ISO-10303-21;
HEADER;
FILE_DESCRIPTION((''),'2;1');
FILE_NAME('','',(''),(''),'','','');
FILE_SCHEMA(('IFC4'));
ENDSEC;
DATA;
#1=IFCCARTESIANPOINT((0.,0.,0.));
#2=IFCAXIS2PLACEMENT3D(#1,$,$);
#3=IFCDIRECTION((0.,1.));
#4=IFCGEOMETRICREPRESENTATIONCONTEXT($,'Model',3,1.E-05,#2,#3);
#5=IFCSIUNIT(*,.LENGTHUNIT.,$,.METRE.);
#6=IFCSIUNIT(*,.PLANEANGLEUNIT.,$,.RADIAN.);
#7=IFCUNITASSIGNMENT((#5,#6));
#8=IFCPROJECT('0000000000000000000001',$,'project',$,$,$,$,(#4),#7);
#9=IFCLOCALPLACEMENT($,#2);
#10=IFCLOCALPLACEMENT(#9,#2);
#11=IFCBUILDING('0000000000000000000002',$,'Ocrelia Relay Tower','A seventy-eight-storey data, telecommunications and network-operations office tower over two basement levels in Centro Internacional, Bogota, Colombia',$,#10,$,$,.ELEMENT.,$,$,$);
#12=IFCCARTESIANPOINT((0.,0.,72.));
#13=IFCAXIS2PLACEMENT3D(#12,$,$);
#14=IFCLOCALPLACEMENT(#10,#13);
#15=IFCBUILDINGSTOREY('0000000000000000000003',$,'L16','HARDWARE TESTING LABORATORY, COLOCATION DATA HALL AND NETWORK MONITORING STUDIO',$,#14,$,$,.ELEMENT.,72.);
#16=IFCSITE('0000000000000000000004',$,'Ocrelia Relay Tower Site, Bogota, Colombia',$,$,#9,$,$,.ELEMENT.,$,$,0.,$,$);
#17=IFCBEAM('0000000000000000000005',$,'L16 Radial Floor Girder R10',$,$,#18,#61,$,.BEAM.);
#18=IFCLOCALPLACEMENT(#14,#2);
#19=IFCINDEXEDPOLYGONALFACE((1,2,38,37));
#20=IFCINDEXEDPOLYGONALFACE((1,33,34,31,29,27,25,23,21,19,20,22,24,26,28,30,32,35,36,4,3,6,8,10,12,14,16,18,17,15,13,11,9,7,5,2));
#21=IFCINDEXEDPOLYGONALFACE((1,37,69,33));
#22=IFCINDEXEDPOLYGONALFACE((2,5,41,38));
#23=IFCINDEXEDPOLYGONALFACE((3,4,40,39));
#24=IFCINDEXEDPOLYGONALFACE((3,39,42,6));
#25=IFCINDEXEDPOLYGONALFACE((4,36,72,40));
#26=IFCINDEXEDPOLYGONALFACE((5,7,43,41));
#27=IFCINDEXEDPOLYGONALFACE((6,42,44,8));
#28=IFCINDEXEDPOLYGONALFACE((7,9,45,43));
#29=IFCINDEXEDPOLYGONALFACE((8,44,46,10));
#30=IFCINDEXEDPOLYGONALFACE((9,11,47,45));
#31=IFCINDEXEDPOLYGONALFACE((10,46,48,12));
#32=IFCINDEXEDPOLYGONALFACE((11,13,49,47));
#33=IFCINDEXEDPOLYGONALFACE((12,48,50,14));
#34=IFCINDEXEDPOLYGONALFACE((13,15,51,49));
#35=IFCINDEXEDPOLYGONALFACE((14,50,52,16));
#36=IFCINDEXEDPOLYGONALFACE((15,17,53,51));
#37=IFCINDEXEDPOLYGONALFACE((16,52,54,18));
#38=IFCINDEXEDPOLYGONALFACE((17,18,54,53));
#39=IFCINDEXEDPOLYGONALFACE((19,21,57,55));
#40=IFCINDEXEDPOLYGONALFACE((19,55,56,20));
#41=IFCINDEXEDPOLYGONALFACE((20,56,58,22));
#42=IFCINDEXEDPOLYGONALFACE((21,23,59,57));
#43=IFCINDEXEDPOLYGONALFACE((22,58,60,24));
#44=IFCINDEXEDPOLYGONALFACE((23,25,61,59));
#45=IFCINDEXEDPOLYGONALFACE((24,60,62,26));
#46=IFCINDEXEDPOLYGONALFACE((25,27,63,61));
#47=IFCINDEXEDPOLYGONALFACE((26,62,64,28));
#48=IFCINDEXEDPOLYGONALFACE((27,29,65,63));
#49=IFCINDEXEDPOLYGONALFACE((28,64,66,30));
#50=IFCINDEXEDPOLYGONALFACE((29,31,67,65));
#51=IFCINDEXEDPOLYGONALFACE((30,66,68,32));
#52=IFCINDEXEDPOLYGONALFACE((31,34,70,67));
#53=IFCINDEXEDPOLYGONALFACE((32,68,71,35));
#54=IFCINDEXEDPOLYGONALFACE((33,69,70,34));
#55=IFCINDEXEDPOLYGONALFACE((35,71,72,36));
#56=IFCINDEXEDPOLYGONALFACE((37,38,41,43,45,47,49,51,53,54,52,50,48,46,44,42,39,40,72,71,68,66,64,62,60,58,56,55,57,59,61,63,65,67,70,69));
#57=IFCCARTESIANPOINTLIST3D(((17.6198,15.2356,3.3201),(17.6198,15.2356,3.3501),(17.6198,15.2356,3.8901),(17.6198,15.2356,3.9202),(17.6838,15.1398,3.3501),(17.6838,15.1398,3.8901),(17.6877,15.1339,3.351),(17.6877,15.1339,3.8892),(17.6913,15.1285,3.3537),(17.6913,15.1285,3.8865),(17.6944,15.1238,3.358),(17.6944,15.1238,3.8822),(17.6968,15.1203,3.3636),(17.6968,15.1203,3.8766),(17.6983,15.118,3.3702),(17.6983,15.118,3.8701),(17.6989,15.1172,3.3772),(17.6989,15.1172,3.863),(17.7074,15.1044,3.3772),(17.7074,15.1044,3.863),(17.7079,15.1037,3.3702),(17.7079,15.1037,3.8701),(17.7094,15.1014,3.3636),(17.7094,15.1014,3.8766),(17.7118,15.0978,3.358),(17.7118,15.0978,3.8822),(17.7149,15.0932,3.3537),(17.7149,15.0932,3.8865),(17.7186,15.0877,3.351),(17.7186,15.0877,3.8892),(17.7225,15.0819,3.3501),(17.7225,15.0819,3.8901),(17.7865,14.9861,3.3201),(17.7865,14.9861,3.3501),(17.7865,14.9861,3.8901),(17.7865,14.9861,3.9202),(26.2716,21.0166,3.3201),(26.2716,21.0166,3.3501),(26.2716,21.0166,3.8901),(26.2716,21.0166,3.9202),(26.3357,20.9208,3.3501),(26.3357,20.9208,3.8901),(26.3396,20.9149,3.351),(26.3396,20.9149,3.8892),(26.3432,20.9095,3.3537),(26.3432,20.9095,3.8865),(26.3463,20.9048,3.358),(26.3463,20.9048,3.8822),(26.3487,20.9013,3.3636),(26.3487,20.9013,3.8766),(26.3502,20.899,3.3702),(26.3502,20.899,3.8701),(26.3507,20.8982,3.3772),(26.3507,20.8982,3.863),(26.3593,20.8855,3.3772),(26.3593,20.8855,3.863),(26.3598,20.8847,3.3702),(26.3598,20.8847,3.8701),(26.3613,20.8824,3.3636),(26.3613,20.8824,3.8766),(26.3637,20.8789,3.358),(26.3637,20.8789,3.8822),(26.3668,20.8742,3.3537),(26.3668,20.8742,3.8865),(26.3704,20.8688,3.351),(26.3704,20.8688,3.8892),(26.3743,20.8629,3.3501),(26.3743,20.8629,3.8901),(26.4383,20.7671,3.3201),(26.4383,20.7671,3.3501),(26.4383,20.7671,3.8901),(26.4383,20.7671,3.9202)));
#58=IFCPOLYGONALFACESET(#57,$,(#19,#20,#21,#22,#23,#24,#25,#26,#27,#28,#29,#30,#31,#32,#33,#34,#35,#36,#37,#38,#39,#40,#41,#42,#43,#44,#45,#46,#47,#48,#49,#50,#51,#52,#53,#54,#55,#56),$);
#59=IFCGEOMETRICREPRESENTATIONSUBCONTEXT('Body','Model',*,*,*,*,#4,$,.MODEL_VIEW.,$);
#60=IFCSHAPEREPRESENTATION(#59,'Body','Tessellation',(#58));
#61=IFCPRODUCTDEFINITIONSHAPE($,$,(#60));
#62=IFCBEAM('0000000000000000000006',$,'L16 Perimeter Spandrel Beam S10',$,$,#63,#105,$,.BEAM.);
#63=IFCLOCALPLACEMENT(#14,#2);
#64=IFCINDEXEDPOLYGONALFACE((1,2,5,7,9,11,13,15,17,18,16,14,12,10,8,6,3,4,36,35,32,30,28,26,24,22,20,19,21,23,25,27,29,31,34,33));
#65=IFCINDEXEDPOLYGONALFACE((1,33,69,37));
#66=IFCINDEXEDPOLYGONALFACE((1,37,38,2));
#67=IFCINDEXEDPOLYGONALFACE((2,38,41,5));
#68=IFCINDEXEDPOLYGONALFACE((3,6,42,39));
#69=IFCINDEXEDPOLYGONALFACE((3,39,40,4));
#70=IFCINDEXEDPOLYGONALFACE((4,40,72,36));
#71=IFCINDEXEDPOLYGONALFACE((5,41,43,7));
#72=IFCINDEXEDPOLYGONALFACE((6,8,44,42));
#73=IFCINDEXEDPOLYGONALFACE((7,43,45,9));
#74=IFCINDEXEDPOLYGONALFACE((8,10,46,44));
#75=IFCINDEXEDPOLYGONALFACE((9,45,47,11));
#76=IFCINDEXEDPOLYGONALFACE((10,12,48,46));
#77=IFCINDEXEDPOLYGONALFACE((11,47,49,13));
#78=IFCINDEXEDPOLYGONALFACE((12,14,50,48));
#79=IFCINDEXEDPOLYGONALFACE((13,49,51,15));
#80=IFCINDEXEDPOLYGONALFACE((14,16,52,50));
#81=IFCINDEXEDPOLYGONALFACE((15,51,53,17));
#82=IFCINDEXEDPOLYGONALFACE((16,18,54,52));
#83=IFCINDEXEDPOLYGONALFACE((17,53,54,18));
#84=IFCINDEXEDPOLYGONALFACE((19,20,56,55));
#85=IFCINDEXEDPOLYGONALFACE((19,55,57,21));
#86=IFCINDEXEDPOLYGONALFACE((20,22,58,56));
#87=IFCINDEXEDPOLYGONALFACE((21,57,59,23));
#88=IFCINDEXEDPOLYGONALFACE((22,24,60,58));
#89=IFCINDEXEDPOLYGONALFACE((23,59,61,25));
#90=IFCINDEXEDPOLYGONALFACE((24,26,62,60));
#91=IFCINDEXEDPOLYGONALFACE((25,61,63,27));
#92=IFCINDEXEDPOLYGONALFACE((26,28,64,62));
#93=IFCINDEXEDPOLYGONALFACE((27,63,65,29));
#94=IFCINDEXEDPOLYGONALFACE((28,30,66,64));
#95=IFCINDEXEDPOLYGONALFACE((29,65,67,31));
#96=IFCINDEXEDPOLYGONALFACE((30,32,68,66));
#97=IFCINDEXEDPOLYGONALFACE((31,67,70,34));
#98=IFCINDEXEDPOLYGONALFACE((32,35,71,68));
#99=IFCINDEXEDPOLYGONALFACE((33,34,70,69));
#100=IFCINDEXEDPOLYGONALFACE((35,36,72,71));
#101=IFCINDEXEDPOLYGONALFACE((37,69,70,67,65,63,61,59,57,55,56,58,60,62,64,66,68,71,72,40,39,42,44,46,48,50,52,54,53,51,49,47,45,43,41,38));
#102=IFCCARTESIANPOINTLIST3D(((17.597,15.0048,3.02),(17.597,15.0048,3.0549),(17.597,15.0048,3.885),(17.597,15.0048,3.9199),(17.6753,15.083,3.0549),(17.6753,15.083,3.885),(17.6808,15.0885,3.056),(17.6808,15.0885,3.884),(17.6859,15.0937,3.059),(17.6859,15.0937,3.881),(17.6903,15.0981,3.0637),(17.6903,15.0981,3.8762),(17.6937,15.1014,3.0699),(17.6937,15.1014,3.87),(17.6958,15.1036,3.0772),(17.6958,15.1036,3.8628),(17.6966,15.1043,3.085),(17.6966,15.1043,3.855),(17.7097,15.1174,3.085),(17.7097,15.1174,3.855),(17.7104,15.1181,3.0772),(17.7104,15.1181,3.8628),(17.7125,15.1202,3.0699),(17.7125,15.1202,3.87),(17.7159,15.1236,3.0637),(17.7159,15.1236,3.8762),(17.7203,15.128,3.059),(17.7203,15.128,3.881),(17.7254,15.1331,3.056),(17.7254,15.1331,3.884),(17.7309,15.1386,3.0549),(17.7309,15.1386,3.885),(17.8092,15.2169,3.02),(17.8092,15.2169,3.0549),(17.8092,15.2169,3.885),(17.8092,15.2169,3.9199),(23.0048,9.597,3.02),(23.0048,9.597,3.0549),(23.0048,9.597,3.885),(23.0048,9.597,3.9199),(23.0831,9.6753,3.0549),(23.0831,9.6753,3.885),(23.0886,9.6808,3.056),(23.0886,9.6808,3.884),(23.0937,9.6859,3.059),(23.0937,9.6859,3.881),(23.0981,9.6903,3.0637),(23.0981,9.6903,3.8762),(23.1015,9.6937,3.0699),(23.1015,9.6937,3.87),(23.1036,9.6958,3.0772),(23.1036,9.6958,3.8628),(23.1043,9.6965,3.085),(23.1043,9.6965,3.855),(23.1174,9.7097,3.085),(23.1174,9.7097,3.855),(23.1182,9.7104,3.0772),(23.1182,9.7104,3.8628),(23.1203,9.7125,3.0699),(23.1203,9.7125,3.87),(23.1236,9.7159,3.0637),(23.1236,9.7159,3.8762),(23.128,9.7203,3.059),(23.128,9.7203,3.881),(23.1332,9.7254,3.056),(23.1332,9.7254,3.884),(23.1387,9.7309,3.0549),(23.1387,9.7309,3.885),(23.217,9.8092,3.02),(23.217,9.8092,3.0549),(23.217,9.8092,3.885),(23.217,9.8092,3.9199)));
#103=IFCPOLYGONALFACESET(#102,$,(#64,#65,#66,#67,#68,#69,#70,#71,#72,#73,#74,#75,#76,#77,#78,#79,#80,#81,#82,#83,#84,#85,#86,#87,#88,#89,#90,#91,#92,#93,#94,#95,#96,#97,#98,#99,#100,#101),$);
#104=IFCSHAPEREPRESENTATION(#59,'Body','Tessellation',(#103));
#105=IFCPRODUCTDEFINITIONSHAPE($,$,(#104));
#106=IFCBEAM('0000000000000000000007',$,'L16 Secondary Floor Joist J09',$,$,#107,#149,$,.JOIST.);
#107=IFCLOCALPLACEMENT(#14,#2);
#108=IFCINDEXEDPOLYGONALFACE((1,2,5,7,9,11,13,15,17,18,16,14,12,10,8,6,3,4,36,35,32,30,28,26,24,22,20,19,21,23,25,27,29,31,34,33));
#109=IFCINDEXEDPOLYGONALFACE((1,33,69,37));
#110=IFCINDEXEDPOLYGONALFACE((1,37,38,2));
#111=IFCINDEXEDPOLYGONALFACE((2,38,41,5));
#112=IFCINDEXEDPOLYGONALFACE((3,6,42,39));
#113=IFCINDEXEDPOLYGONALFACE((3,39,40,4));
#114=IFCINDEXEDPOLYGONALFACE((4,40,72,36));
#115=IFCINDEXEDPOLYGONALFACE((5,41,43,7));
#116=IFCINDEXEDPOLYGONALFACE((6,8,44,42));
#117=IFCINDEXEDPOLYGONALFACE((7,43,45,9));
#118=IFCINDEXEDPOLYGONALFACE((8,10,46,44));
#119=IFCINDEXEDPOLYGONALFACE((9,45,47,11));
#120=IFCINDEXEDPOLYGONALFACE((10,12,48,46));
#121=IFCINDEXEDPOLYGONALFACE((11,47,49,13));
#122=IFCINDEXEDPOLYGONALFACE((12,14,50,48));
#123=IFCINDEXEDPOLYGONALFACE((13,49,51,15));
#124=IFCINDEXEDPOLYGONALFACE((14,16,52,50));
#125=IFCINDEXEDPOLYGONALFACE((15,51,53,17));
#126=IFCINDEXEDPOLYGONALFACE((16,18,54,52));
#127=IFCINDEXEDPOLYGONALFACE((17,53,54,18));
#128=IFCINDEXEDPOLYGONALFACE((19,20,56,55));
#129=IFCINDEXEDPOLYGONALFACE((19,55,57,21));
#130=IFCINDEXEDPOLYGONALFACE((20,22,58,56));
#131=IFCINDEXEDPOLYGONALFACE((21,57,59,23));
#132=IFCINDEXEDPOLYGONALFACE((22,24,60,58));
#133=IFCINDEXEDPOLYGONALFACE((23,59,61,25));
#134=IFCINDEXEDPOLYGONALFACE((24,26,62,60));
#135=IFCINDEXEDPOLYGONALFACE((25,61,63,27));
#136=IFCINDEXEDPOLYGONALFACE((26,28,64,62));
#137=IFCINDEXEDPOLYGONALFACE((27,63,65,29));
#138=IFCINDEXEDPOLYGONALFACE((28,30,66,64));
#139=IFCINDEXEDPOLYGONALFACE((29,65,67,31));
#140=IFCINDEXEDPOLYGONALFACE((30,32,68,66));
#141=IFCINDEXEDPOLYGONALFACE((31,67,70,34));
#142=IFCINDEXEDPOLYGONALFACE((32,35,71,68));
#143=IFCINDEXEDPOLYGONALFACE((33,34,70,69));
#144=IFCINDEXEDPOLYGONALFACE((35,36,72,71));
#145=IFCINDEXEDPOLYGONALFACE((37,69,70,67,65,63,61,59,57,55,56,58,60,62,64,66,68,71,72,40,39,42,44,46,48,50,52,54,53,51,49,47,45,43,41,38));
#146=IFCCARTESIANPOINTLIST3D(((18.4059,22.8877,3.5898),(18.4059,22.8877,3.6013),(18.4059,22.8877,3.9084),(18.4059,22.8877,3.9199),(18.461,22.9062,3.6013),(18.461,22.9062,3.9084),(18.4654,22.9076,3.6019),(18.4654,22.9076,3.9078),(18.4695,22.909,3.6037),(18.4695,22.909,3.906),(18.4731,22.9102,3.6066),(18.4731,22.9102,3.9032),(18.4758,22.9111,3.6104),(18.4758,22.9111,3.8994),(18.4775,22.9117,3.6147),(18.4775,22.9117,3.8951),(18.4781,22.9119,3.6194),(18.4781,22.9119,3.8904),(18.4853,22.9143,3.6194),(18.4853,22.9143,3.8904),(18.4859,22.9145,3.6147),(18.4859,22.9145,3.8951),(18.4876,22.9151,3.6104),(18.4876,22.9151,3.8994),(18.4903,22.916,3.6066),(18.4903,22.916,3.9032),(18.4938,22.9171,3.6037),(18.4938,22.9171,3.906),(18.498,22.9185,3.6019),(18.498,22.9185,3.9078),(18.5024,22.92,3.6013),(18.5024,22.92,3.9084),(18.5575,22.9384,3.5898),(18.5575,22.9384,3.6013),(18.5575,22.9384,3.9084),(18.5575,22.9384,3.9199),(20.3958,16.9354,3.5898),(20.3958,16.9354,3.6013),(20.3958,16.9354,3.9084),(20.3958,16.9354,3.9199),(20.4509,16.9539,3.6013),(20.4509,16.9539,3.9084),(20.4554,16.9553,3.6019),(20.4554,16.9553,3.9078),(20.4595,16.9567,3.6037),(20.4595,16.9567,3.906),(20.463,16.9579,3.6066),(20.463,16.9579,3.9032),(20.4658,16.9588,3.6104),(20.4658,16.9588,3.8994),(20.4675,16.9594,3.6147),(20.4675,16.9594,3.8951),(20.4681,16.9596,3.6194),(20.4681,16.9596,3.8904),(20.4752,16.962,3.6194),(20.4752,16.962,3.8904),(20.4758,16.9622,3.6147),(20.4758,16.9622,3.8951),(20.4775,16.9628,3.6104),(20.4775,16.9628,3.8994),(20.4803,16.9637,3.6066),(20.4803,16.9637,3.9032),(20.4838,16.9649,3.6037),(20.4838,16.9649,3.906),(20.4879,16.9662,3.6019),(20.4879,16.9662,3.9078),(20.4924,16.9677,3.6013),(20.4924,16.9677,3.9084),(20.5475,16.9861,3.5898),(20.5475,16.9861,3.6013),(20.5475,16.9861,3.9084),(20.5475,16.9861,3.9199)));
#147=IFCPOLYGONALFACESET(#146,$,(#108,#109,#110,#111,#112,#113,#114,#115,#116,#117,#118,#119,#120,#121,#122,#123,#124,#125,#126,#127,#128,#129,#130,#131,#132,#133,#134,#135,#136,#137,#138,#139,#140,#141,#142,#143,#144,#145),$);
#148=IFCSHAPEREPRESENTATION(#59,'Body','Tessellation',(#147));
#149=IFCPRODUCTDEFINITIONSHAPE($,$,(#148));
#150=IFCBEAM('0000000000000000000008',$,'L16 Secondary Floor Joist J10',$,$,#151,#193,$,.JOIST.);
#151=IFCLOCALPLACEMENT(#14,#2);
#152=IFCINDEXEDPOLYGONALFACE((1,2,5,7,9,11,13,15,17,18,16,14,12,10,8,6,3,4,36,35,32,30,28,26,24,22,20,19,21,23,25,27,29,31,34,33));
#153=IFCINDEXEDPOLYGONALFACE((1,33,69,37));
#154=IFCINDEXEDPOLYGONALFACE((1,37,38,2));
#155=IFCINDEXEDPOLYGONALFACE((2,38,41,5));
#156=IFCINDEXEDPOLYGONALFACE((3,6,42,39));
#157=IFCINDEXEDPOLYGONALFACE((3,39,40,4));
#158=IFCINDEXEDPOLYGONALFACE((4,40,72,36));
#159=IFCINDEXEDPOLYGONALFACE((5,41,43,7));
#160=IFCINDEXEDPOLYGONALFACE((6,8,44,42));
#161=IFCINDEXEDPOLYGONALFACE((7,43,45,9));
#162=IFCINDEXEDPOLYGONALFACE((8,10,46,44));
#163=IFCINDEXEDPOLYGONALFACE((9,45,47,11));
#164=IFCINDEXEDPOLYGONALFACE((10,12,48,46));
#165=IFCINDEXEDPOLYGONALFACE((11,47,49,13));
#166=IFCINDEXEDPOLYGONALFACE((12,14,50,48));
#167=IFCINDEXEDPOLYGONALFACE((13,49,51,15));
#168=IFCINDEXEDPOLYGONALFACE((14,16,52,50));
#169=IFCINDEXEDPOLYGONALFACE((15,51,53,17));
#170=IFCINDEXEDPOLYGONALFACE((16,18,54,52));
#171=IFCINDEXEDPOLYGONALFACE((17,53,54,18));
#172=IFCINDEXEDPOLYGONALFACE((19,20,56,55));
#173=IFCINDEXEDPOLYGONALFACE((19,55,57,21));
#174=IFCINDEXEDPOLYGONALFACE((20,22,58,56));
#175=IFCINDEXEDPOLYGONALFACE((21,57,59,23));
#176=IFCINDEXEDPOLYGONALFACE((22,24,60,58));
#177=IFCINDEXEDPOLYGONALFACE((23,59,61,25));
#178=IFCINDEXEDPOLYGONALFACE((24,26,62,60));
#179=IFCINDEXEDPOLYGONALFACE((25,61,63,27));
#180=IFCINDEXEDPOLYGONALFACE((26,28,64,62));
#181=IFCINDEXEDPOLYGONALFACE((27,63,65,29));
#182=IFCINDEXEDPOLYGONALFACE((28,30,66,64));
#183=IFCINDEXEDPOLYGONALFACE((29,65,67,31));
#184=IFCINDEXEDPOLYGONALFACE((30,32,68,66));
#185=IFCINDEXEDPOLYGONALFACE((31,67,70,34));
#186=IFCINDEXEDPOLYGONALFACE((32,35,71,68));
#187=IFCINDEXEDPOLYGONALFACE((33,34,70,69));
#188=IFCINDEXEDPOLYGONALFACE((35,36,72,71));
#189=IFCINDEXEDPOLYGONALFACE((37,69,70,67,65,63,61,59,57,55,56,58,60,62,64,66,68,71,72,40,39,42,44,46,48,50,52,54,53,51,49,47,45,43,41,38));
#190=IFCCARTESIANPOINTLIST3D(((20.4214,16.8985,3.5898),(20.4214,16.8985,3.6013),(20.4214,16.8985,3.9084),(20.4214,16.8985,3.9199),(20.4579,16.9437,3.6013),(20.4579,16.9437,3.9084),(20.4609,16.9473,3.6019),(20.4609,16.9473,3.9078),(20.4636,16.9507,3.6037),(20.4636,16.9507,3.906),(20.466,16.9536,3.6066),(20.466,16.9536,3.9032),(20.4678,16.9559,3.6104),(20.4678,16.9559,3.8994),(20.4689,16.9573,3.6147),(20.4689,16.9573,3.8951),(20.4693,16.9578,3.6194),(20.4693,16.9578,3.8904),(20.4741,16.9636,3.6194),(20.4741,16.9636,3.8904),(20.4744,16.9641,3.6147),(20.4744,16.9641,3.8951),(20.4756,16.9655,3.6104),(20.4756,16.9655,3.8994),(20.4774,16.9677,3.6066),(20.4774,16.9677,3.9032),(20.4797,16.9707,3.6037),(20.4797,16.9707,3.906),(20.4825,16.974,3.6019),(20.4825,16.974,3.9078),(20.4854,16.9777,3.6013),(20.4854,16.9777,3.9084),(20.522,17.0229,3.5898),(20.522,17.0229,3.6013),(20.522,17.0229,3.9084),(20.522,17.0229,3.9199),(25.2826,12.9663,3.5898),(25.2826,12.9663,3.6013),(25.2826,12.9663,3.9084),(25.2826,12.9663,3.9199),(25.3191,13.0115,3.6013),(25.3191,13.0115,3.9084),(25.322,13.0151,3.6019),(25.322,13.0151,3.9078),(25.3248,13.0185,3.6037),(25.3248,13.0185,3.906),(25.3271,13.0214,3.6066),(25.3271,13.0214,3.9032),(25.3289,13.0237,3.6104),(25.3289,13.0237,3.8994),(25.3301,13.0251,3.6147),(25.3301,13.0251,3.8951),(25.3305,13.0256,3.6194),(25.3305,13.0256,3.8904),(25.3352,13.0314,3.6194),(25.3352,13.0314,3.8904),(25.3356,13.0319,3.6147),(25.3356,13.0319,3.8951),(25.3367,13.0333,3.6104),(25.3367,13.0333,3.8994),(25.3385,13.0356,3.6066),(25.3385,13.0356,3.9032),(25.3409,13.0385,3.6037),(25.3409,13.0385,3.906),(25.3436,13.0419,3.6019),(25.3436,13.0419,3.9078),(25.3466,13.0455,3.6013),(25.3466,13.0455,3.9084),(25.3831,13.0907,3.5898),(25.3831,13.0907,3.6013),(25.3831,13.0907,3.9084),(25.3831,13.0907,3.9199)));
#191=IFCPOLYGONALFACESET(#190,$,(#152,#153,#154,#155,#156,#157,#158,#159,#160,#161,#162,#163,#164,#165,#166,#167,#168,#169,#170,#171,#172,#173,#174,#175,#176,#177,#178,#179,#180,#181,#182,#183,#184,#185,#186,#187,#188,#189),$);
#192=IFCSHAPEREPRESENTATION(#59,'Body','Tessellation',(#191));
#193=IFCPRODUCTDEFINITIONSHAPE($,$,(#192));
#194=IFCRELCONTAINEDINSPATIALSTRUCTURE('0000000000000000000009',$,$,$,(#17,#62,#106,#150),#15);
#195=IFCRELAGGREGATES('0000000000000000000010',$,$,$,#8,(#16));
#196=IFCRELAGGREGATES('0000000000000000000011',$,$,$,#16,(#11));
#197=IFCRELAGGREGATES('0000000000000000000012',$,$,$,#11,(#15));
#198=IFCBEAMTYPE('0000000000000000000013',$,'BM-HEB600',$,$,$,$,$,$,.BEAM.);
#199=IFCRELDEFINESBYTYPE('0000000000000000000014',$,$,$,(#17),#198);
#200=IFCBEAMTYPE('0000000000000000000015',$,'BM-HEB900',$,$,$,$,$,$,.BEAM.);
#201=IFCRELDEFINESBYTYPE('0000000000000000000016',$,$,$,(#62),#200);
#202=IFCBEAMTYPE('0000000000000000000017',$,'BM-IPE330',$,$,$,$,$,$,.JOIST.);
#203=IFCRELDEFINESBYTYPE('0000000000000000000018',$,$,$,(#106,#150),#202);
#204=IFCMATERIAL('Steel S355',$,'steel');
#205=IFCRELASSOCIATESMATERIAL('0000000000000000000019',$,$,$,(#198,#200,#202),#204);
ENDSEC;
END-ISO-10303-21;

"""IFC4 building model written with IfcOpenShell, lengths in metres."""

from ifc_helpers import new_model, si_unit, direction, frame, origin, origin_2d, place, context, subcontext, project, spatial, i_section, extrude, material, material_profile, profile_set, type_object, element, save


model = new_model("IFC4")

# Units and contexts
model_context = context("Model", 3, precision=1e-05, world=origin(), true_north=direction((0.0, 1.0)))
body_context = subcontext(model_context, "Body", "Model", "MODEL_VIEW")
ifc_project = project(units=[si_unit("LENGTHUNIT", "METRE"), si_unit("PLANEANGLEUNIT", "RADIAN")], contexts=[model_context])

# Site, building, storey
site_placement = place(None, origin())
site = spatial("IfcSite", under=ifc_project, at=site_placement, Name="Ocrelia Relay Tower Site, Bogota, Colombia", CompositionType="ELEMENT", RefElevation=0.0)
building_placement = place(site_placement, origin())
building = spatial("IfcBuilding", under=site, at=building_placement, Name="Ocrelia Relay Tower", Description="A seventy-eight-storey data, telecommunications and network-operations office tower over two basement levels in Centro Internacional, Bogota, Colombia", CompositionType="ELEMENT")
storey_placement = place(building_placement, frame((0.0, 0.0, 72.0)))
storey = spatial("IfcBuildingStorey", under=building, at=storey_placement, Name="L16", Description="HARDWARE TESTING LABORATORY, COLOCATION DATA HALL AND NETWORK MONITORING STUDIO", CompositionType="ELEMENT", Elevation=72.0)

# Beams
ifc_material_1 = material(Name="Steel S355", Category="steel")
ifc_material_profile_1 = material_profile(ifc_material_1, i_section(OverallWidth=0.3, OverallDepth=0.6001, WebThickness=0.0154, FlangeThickness=0.03, FilletRadius=0.0271, at=origin_2d()), Name="HEB 600")
ifc_profile_set_1 = profile_set([ifc_material_profile_1], Name="Steel S355")
beam_type_1 = type_object("IfcBeamType", Name="BM-HEB600", PredefinedType="BEAM", material=ifc_profile_set_1)
beam_1_placement = place(storey_placement, frame((17.7031, 15.1108, 3.6201), z_axis=(0.831469, 0.555572, 0.0), x_axis=(-0.555572, 0.831469, 0.0)))
element("IfcBeam", 1, at=beam_1_placement, inside=storey, type_object=beam_type_1, Name="L16 Radial Floor Girder R10", PredefinedType="BEAM", context=body_context, shape_type="SweptSolid", body=[
    extrude(i_section(OverallWidth=0.3, OverallDepth=0.6001, WebThickness=0.0154, FlangeThickness=0.03, FilletRadius=0.0271, at=origin_2d()), origin(), (0.0, 0.0, 1.0), 10.4055),
])
ifc_material_profile_2 = material_profile(ifc_material_1, i_section(OverallWidth=0.3, OverallDepth=0.8999, WebThickness=0.0186, FlangeThickness=0.0349, FilletRadius=0.03, at=origin_2d()), Name="HEB 900")
ifc_profile_set_2 = profile_set([ifc_material_profile_2], Name="Steel S355")
beam_type_2 = type_object("IfcBeamType", Name="BM-HEB900", PredefinedType="BEAM", material=ifc_profile_set_2)
beam_2_placement = place(storey_placement, frame((17.7031, 15.1108, 3.47), z_axis=(0.707107, -0.707107, 0.0), x_axis=(0.707107, 0.707107, 0.0)))
element("IfcBeam", 2, at=beam_2_placement, inside=storey, type_object=beam_type_2, Name="L16 Perimeter Spandrel Beam S10", PredefinedType="BEAM", context=body_context, shape_type="SweptSolid", body=[
    extrude(i_section(OverallWidth=0.3, OverallDepth=0.8999, WebThickness=0.0186, FlangeThickness=0.0349, FilletRadius=0.03, at=origin_2d()), origin(), (0.0, 0.0, 1.0), 7.6477),
])
ifc_material_profile_3 = material_profile(ifc_material_1, i_section(OverallWidth=0.1599, OverallDepth=0.3301, WebThickness=0.0076, FlangeThickness=0.0115, FilletRadius=0.0181, at=origin_2d()), Name="IPE 330")
ifc_profile_set_3 = profile_set([ifc_material_profile_3], Name="Steel S355")
beam_type_3 = type_object("IfcBeamType", Name="BM-IPE330", PredefinedType="JOIST", material=ifc_profile_set_3)
beam_3_placement = place(storey_placement, frame((18.4817, 22.9131, 3.7549), z_axis=(0.317068, -0.948403, 0.0), x_axis=(0.948403, 0.317068, 0.0)))
element("IfcBeam", 3, at=beam_3_placement, inside=storey, type_object=beam_type_3, Name="L16 Secondary Floor Joist J09", PredefinedType="JOIST", context=body_context, shape_type="SweptSolid", body=[
    extrude(i_section(OverallWidth=0.1599, OverallDepth=0.3301, WebThickness=0.0076, FlangeThickness=0.0115, FilletRadius=0.0181, at=origin_2d()), origin(), (0.0, 0.0, 1.0), 6.2761),
])
beam_4_placement = place(storey_placement, frame((20.4717, 16.9607, 3.7549), z_axis=(0.777482, -0.628905, 0.0), x_axis=(0.628905, 0.777482, 0.0)))
element("IfcBeam", 4, at=beam_4_placement, inside=storey, type_object=beam_type_3, Name="L16 Secondary Floor Joist J10", PredefinedType="JOIST", context=body_context, shape_type="SweptSolid", body=[
    extrude(i_section(OverallWidth=0.1599, OverallDepth=0.3301, WebThickness=0.0076, FlangeThickness=0.0115, FilletRadius=0.0181, at=origin_2d()), origin(), (0.0, 0.0, 1.0), 6.2524),
])

save(model, "model.ifc")
